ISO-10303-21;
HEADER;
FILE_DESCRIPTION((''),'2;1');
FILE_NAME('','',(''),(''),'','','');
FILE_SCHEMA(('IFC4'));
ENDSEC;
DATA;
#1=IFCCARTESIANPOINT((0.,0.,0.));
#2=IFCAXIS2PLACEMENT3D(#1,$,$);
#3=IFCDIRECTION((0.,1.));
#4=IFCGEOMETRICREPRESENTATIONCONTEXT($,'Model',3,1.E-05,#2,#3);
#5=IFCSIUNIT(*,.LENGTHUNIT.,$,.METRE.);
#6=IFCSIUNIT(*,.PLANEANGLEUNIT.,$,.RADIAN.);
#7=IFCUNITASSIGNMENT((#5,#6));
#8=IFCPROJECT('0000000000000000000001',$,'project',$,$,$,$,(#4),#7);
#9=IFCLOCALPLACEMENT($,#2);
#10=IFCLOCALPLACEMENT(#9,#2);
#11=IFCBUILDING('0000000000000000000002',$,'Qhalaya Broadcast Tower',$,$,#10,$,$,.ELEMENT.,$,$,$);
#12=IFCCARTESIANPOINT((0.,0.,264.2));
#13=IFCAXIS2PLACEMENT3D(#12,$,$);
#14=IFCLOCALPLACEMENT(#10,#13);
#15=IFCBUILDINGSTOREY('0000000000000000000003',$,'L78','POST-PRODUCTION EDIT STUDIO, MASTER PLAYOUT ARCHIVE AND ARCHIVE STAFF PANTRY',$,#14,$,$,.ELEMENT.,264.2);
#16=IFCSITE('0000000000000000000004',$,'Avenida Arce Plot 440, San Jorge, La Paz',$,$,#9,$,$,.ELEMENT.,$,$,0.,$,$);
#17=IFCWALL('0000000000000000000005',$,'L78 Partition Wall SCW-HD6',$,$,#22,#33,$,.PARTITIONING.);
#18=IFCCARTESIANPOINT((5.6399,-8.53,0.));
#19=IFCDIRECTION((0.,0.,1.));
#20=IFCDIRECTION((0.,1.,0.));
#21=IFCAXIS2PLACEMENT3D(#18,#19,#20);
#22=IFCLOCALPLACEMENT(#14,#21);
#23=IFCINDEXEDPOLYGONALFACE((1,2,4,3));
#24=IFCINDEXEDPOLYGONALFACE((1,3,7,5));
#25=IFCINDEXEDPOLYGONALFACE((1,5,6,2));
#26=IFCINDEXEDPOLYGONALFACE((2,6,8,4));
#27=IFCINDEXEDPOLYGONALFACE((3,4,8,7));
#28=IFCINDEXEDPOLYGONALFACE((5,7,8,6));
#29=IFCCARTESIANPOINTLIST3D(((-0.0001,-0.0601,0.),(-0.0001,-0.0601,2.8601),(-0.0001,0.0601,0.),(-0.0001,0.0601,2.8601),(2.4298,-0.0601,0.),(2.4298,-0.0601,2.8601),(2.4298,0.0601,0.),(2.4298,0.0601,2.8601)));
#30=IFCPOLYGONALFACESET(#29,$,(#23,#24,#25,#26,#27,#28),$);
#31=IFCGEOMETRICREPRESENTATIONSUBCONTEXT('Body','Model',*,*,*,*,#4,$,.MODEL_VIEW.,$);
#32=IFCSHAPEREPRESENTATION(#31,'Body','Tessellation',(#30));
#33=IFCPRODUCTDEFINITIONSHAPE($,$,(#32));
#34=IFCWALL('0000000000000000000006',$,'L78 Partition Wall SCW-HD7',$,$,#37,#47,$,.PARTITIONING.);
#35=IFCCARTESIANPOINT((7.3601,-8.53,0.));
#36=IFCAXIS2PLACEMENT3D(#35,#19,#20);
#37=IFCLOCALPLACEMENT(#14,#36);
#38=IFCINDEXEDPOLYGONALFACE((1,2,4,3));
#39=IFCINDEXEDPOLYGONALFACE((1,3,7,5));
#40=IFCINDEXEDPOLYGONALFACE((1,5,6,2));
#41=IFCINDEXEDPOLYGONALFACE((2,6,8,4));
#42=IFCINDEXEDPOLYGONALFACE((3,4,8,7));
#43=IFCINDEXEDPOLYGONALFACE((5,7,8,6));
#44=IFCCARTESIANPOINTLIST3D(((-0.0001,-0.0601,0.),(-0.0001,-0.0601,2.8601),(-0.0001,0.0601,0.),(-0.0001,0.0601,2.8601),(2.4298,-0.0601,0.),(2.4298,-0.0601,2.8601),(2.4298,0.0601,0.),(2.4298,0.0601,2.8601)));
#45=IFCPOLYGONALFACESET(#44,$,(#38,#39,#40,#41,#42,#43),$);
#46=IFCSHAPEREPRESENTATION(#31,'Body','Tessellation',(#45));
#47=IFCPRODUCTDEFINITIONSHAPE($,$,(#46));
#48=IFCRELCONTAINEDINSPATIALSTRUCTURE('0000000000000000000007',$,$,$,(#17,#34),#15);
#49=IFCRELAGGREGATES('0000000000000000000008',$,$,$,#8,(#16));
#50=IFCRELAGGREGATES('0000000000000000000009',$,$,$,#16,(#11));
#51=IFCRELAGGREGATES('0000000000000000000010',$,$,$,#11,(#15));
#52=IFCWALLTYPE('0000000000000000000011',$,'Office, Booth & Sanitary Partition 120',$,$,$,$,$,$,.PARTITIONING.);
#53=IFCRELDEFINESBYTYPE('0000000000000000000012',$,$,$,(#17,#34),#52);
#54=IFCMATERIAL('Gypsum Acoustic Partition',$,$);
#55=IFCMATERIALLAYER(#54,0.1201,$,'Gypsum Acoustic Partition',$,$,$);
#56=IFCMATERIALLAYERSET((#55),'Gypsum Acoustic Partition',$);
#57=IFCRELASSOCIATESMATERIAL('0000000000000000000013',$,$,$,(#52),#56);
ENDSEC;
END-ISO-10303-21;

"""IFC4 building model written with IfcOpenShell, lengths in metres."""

from ifc_helpers import new_model, si_unit, direction, frame, frame_2d, origin, place, context, subcontext, project, spatial, rectangle, extrude, material, layer, layer_set, type_object, element, save


model = new_model("IFC4")

# Units and contexts
model_context = context("Model", 3, precision=1e-05, world=origin(), true_north=direction((0.0, 1.0)))
body_context = subcontext(model_context, "Body", "Model", "MODEL_VIEW")
ifc_project = project(units=[si_unit("LENGTHUNIT", "METRE"), si_unit("PLANEANGLEUNIT", "RADIAN")], contexts=[model_context])

# Site, building, storey
site_placement = place(None, origin())
site = spatial("IfcSite", under=ifc_project, at=site_placement, Name="Avenida Arce Plot 440, San Jorge, La Paz", CompositionType="ELEMENT", RefElevation=0.0)
building_placement = place(site_placement, origin())
building = spatial("IfcBuilding", under=site, at=building_placement, Name="Qhalaya Broadcast Tower", CompositionType="ELEMENT")
storey_placement = place(building_placement, frame((0.0, 0.0, 264.2)))
storey = spatial("IfcBuildingStorey", under=building, at=storey_placement, Name="L78", Description="POST-PRODUCTION EDIT STUDIO, MASTER PLAYOUT ARCHIVE AND ARCHIVE STAFF PANTRY", CompositionType="ELEMENT", Elevation=264.2)

# Shared definitions
ifc_material_1 = material(Name="Gypsum Acoustic Partition")

# Walls
ifc_layer_1 = layer(ifc_material_1, 0.1201, Name="Gypsum Acoustic Partition")
ifc_layer_set_1 = layer_set([ifc_layer_1], Name="Gypsum Acoustic Partition")
wall_type_1 = type_object("IfcWallType", Name="Office, Booth & Sanitary Partition 120", PredefinedType="PARTITIONING", material=ifc_layer_set_1)
for number, where, z_axis, x_axis, name in (
    (1, (5.6399, -8.53, 0.0), (0.0, 0.0, 1.0), (0.0, 1.0, 0.0), "L78 Partition Wall SCW-HD6"),
    (2, (7.3601, -8.53, 0.0), (0.0, 0.0, 1.0), (0.0, 1.0, 0.0), "L78 Partition Wall SCW-HD7"),
):
    element("IfcWall", number, at=place(storey_placement, frame(where, z_axis=z_axis, x_axis=x_axis)), inside=storey, type_object=wall_type_1, Name=name, PredefinedType="PARTITIONING", context=body_context, shape_type="SweptSolid", body=[
        extrude(rectangle(XDim=2.4299, YDim=0.1201, at=frame_2d((1.2148, 0.0))), origin(), (0.0, 0.0, 1.0), 2.8601),
    ])

save(model, "model.ifc")
